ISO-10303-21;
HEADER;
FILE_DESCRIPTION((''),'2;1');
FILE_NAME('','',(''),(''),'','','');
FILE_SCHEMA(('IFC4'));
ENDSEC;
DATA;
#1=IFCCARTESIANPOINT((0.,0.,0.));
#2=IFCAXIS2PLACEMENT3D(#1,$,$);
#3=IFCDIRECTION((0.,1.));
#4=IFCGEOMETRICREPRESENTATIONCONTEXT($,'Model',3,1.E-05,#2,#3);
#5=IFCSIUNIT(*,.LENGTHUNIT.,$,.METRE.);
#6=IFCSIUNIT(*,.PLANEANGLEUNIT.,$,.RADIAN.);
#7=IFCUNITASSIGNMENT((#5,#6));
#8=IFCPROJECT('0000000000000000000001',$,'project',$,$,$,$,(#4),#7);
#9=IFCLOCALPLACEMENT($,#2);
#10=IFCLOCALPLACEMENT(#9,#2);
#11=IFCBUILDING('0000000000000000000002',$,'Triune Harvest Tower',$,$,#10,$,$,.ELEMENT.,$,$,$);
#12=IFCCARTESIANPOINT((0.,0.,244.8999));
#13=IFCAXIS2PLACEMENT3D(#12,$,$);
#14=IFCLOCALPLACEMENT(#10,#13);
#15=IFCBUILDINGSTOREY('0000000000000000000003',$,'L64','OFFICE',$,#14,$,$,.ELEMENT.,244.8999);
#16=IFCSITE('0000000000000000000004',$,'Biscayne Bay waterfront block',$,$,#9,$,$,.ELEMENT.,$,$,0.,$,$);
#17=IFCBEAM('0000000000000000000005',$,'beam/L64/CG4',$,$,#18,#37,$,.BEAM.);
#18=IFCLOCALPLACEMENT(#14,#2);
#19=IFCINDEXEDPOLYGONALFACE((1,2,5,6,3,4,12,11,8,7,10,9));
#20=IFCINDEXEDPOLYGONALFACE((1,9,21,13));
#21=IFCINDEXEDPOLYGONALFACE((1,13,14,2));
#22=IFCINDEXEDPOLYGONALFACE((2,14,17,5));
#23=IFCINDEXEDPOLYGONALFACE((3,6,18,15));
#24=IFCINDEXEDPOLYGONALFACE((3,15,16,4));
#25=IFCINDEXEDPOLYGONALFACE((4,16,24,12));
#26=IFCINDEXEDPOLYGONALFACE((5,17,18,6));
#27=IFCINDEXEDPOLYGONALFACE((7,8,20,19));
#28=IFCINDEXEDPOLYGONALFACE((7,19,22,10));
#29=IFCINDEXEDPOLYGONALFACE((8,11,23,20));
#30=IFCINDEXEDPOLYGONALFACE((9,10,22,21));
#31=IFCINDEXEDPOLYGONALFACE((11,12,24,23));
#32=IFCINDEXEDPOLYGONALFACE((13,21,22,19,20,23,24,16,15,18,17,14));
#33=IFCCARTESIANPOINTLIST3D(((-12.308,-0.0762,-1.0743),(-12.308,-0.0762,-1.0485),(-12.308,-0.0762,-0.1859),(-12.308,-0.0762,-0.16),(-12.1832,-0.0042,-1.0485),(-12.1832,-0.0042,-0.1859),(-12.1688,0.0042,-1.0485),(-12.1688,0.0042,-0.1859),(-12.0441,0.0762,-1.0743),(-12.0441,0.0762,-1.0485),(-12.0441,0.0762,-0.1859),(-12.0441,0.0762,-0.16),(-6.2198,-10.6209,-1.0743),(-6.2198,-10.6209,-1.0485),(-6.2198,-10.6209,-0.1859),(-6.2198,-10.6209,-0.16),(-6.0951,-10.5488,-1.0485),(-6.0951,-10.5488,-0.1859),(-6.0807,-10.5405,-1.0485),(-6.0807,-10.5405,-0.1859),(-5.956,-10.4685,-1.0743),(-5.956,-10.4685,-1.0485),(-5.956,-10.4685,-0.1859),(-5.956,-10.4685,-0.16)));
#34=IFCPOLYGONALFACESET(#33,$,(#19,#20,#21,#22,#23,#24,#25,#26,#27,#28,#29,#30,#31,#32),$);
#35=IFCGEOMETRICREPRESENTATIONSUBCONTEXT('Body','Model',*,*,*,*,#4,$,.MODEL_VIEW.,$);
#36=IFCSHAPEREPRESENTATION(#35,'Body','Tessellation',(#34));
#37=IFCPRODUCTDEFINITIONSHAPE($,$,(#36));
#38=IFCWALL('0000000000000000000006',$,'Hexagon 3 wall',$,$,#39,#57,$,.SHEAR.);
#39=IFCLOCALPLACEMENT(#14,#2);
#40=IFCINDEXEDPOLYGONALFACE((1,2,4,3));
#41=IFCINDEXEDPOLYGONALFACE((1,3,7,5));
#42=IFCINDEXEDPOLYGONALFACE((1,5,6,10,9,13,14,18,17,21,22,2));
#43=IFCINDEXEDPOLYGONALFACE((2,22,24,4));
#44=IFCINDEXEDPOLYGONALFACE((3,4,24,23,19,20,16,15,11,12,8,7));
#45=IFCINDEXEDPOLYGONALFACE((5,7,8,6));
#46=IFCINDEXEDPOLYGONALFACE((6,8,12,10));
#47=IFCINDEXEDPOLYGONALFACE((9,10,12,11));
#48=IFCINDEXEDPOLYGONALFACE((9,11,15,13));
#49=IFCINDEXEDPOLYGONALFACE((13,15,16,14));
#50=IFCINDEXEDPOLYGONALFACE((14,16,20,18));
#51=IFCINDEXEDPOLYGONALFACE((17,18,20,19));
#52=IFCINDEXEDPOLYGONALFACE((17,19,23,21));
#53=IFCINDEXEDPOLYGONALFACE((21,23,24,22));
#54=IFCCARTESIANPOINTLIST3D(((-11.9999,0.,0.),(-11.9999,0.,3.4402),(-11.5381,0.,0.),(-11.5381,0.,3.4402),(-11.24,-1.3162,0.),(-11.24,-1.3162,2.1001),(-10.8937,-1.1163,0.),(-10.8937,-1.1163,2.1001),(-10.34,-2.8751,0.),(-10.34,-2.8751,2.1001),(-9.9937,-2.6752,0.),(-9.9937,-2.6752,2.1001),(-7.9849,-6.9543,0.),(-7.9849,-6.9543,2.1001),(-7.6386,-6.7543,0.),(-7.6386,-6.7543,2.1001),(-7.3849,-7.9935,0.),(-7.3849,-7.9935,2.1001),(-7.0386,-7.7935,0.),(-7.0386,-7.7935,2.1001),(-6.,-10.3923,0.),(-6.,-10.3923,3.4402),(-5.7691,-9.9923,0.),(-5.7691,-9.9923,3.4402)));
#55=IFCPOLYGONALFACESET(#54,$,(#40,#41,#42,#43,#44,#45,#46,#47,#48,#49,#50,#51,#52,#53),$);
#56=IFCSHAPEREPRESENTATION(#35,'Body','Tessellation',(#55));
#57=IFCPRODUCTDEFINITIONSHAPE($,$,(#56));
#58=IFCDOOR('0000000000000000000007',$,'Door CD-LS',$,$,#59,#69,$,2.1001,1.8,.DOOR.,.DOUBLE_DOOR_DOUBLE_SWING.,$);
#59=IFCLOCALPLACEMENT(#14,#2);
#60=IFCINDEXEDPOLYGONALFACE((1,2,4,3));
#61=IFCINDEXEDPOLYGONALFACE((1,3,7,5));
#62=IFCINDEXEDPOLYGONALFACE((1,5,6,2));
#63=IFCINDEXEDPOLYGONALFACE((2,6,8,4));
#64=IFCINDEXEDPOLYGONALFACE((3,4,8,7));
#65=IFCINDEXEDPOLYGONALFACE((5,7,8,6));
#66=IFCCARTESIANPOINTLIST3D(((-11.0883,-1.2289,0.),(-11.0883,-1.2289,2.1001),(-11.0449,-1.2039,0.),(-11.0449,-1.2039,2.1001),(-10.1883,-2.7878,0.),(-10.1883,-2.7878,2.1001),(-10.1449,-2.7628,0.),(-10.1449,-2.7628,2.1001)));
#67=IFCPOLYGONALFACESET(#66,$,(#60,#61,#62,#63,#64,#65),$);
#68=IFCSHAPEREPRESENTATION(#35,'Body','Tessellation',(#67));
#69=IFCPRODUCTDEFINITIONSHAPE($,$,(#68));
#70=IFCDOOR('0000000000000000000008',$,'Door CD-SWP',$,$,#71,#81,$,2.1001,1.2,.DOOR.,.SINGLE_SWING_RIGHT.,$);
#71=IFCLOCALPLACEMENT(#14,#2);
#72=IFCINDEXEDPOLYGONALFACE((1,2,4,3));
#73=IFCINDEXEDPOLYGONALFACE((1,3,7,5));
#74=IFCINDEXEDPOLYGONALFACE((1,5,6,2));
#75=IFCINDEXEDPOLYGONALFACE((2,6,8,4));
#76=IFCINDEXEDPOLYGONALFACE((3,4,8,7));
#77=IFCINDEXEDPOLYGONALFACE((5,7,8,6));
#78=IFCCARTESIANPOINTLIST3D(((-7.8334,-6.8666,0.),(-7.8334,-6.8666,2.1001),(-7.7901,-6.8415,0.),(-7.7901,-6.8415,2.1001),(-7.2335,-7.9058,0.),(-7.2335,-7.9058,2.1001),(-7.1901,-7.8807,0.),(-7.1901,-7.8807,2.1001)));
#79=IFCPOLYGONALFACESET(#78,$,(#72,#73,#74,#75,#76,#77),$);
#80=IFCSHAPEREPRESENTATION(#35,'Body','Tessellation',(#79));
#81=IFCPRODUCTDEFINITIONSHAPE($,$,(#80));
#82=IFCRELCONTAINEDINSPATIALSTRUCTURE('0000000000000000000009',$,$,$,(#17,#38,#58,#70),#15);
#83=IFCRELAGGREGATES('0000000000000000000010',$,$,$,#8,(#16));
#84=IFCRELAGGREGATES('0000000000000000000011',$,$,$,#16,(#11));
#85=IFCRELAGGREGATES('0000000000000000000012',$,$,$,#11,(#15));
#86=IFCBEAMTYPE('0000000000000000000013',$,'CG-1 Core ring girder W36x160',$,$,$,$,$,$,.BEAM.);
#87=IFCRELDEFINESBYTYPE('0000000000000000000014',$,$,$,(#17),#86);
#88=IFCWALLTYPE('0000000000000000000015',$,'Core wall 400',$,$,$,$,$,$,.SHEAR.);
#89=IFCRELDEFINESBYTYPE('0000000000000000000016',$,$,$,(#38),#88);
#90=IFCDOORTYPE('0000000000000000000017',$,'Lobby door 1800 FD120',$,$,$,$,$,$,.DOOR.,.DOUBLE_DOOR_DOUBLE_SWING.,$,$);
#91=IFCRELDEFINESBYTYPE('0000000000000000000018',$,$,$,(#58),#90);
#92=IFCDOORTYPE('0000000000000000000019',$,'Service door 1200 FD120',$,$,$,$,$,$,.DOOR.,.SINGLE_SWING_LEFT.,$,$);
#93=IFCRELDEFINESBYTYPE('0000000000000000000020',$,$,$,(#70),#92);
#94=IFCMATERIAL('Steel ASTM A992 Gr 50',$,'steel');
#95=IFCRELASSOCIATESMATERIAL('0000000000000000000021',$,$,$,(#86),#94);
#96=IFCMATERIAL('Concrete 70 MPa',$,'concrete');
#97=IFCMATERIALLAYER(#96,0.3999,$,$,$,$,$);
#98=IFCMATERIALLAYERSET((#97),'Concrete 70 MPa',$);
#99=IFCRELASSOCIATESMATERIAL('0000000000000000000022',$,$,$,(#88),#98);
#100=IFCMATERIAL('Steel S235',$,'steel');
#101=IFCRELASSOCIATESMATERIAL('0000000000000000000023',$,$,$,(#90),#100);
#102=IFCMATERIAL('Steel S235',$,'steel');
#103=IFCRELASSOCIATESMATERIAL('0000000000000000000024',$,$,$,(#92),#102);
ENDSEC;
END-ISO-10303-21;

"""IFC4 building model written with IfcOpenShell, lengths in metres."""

from ifc_helpers import new_model, si_unit, direction, frame, frame_2d, origin, origin_2d, place, context, subcontext, project, spatial, polyline, rectangle, i_section, outline, extrude, source, transform, mapped, material, layer, layer_set, material_profile, profile_set, type_object, element, fill, save


model = new_model("IFC4")

# Units and contexts
model_context = context("Model", 3, precision=1e-05, world=origin(), true_north=direction((0.0, 1.0)))
body_context = subcontext(model_context, "Body", "Model", "MODEL_VIEW")
ifc_project = project(units=[si_unit("LENGTHUNIT", "METRE"), si_unit("PLANEANGLEUNIT", "RADIAN")], contexts=[model_context])

# Site, building, storey
site_placement = place(None, origin())
site = spatial("IfcSite", under=ifc_project, at=site_placement, Name="Biscayne Bay waterfront block", CompositionType="ELEMENT", RefElevation=0.0)
building_placement = place(site_placement, origin())
building = spatial("IfcBuilding", under=site, at=building_placement, Name="Triune Harvest Tower", CompositionType="ELEMENT")
storey_placement = place(building_placement, frame((0.0, 0.0, 244.8999)))
storey = spatial("IfcBuildingStorey", under=building, at=storey_placement, Name="L64", Description="OFFICE", CompositionType="ELEMENT", Elevation=244.8999)

# Beam
ifc_material_1 = material(Name="Steel ASTM A992 Gr 50", Category="steel")
ifc_material_profile = material_profile(ifc_material_1, i_section(OverallWidth=0.3047, OverallDepth=0.9143, WebThickness=0.0166, FlangeThickness=0.0259, at=origin_2d()), Name="W36x160")
ifc_profile_set = profile_set([ifc_material_profile], Name="Steel ASTM A992 Gr 50")
beam_type = type_object("IfcBeamType", Name="CG-1 Core ring girder W36x160", PredefinedType="BEAM", material=ifc_profile_set)
shared_shape_1 = source(origin(), body_context, "Body", "SweptSolid", [
    extrude(i_section(OverallWidth=0.3047, OverallDepth=0.9143, WebThickness=0.0166, FlangeThickness=0.0259, at=origin_2d()), origin(), (0.0, 0.0, 1.0), 12.176),
])
beam_placement = place(storey_placement, frame((-12.176, 0.0, -0.6172), z_axis=(0.50001, -0.86602, 0.0), x_axis=(0.86602, 0.50001, 0.0)))
element("IfcBeam", 1, at=beam_placement, inside=storey, type_object=beam_type, Name="beam/L64/CG4", PredefinedType="BEAM", context=body_context, shape_type="MappedRepresentation", body=[
    mapped(shared_shape_1, transform((0.0, 0.0, 0.0), scale=1.0)),
])

# Wall, openings, doors
ifc_material_2 = material(Name="Concrete 70 MPa", Category="concrete")
ifc_layer_1 = layer(ifc_material_2, 0.3999)
ifc_layer_set_1 = layer_set([ifc_layer_1], Name="Concrete 70 MPa")
wall_type_1 = type_object("IfcWallType", Name="Core wall 400", PredefinedType="SHEAR", material=ifc_layer_set_1)
shared_shape_2 = source(origin(), body_context, "Body", "SweptSolid", [
    extrude(outline(polyline([(-0.1155, -0.2), (11.8845, -0.2), (11.6536, 0.2), (0.1155, 0.2), (-0.1155, -0.2)])), origin(), (0.0, 0.0, 1.0), 3.4402),
])
wall_1_placement = place(storey_placement, frame((-11.769, 0.0, 0.0), z_axis=(0.0, 0.0, 1.0), x_axis=(0.499997, -0.866027, 0.0)))
wall_1 = element("IfcWall", 2, at=wall_1_placement, inside=storey, type_object=wall_type_1, Name="Hexagon 3 wall", PredefinedType="SHEAR", context=body_context, shape_type="MappedRepresentation", body=[
    mapped(shared_shape_2, transform((0.0, 0.0, 0.0), scale=1.0)),
])
opening_1_placement = place(wall_1_placement, frame((1.4045, 0.0, 0.0)))
opening_1 = element("IfcOpeningElement", 3, at=opening_1_placement, cuts=wall_1, PredefinedType="OPENING", context=body_context, shape_type="SweptSolid", body=[
    extrude(rectangle(XDim=1.8, YDim=2.1001, at=frame_2d((0.8999, 1.05))), frame((0.0, 0.21, 0.0), z_axis=(0.0, -1.0, 0.0), x_axis=(1.0, 0.0, 0.0)), (0.0, 0.0, 1.0), 0.4199),
])
opening_2_placement = place(wall_1_placement, frame((7.9146, 0.0, 0.0)))
opening_2 = element("IfcOpeningElement", 4, at=opening_2_placement, cuts=wall_1, PredefinedType="OPENING", context=body_context, shape_type="SweptSolid", body=[
    extrude(rectangle(XDim=1.2, YDim=2.1001, at=frame_2d((0.6001, 1.05))), frame((0.0, 0.21, 0.0), z_axis=(0.0, -1.0, 0.0), x_axis=(1.0, 0.0, 0.0)), (0.0, 0.0, 1.0), 0.4199),
])
ifc_material_3 = material(Name="Steel S235", Category="steel")
door_type_1 = type_object("IfcDoorType", Name="Lobby door 1800 FD120", OperationType="DOUBLE_DOOR_DOUBLE_SWING", PredefinedType="DOOR", material=ifc_material_3)
door_1_placement = place(opening_1_placement, frame((1.8, 0.0, 0.0), z_axis=(0.0, 0.0, 1.0), x_axis=(-1.0, 0.0, 0.0)))
door_1 = element("IfcDoor", 5, at=door_1_placement, inside=storey, type_object=door_type_1, Name="Door CD-LS", OperationType="DOUBLE_DOOR_DOUBLE_SWING", OverallHeight=2.1001, OverallWidth=1.8, PredefinedType="DOOR", context=body_context, shape_type="SweptSolid", body=[
    extrude(rectangle(XDim=1.8, YDim=2.1001, at=frame_2d((0.8999, 1.05))), frame((0.0, 0.0249, 0.0), z_axis=(0.0, -1.0, 0.0), x_axis=(1.0, 0.0, 0.0)), (0.0, 0.0, 1.0), 0.05),
])
fill(opening_1, door_1)
ifc_material_4 = material(Name="Steel S235", Category="steel")
door_type_2 = type_object("IfcDoorType", Name="Service door 1200 FD120", OperationType="SINGLE_SWING_LEFT", PredefinedType="DOOR", material=ifc_material_4)
door_2_placement = place(opening_2_placement, frame((1.2, 0.0, 0.0), z_axis=(0.0, 0.0, 1.0), x_axis=(-1.0, 0.0, 0.0)))
door_2 = element("IfcDoor", 6, at=door_2_placement, inside=storey, type_object=door_type_2, Name="Door CD-SWP", OperationType="SINGLE_SWING_RIGHT", OverallHeight=2.1001, OverallWidth=1.2, PredefinedType="DOOR", context=body_context, shape_type="SweptSolid", body=[
    extrude(rectangle(XDim=1.2, YDim=2.1001, at=frame_2d((0.6001, 1.05))), frame((0.0, 0.0249, 0.0), z_axis=(0.0, -1.0, 0.0), x_axis=(1.0, 0.0, 0.0)), (0.0, 0.0, 1.0), 0.05),
])
fill(opening_2, door_2)

save(model, "model.ifc")
